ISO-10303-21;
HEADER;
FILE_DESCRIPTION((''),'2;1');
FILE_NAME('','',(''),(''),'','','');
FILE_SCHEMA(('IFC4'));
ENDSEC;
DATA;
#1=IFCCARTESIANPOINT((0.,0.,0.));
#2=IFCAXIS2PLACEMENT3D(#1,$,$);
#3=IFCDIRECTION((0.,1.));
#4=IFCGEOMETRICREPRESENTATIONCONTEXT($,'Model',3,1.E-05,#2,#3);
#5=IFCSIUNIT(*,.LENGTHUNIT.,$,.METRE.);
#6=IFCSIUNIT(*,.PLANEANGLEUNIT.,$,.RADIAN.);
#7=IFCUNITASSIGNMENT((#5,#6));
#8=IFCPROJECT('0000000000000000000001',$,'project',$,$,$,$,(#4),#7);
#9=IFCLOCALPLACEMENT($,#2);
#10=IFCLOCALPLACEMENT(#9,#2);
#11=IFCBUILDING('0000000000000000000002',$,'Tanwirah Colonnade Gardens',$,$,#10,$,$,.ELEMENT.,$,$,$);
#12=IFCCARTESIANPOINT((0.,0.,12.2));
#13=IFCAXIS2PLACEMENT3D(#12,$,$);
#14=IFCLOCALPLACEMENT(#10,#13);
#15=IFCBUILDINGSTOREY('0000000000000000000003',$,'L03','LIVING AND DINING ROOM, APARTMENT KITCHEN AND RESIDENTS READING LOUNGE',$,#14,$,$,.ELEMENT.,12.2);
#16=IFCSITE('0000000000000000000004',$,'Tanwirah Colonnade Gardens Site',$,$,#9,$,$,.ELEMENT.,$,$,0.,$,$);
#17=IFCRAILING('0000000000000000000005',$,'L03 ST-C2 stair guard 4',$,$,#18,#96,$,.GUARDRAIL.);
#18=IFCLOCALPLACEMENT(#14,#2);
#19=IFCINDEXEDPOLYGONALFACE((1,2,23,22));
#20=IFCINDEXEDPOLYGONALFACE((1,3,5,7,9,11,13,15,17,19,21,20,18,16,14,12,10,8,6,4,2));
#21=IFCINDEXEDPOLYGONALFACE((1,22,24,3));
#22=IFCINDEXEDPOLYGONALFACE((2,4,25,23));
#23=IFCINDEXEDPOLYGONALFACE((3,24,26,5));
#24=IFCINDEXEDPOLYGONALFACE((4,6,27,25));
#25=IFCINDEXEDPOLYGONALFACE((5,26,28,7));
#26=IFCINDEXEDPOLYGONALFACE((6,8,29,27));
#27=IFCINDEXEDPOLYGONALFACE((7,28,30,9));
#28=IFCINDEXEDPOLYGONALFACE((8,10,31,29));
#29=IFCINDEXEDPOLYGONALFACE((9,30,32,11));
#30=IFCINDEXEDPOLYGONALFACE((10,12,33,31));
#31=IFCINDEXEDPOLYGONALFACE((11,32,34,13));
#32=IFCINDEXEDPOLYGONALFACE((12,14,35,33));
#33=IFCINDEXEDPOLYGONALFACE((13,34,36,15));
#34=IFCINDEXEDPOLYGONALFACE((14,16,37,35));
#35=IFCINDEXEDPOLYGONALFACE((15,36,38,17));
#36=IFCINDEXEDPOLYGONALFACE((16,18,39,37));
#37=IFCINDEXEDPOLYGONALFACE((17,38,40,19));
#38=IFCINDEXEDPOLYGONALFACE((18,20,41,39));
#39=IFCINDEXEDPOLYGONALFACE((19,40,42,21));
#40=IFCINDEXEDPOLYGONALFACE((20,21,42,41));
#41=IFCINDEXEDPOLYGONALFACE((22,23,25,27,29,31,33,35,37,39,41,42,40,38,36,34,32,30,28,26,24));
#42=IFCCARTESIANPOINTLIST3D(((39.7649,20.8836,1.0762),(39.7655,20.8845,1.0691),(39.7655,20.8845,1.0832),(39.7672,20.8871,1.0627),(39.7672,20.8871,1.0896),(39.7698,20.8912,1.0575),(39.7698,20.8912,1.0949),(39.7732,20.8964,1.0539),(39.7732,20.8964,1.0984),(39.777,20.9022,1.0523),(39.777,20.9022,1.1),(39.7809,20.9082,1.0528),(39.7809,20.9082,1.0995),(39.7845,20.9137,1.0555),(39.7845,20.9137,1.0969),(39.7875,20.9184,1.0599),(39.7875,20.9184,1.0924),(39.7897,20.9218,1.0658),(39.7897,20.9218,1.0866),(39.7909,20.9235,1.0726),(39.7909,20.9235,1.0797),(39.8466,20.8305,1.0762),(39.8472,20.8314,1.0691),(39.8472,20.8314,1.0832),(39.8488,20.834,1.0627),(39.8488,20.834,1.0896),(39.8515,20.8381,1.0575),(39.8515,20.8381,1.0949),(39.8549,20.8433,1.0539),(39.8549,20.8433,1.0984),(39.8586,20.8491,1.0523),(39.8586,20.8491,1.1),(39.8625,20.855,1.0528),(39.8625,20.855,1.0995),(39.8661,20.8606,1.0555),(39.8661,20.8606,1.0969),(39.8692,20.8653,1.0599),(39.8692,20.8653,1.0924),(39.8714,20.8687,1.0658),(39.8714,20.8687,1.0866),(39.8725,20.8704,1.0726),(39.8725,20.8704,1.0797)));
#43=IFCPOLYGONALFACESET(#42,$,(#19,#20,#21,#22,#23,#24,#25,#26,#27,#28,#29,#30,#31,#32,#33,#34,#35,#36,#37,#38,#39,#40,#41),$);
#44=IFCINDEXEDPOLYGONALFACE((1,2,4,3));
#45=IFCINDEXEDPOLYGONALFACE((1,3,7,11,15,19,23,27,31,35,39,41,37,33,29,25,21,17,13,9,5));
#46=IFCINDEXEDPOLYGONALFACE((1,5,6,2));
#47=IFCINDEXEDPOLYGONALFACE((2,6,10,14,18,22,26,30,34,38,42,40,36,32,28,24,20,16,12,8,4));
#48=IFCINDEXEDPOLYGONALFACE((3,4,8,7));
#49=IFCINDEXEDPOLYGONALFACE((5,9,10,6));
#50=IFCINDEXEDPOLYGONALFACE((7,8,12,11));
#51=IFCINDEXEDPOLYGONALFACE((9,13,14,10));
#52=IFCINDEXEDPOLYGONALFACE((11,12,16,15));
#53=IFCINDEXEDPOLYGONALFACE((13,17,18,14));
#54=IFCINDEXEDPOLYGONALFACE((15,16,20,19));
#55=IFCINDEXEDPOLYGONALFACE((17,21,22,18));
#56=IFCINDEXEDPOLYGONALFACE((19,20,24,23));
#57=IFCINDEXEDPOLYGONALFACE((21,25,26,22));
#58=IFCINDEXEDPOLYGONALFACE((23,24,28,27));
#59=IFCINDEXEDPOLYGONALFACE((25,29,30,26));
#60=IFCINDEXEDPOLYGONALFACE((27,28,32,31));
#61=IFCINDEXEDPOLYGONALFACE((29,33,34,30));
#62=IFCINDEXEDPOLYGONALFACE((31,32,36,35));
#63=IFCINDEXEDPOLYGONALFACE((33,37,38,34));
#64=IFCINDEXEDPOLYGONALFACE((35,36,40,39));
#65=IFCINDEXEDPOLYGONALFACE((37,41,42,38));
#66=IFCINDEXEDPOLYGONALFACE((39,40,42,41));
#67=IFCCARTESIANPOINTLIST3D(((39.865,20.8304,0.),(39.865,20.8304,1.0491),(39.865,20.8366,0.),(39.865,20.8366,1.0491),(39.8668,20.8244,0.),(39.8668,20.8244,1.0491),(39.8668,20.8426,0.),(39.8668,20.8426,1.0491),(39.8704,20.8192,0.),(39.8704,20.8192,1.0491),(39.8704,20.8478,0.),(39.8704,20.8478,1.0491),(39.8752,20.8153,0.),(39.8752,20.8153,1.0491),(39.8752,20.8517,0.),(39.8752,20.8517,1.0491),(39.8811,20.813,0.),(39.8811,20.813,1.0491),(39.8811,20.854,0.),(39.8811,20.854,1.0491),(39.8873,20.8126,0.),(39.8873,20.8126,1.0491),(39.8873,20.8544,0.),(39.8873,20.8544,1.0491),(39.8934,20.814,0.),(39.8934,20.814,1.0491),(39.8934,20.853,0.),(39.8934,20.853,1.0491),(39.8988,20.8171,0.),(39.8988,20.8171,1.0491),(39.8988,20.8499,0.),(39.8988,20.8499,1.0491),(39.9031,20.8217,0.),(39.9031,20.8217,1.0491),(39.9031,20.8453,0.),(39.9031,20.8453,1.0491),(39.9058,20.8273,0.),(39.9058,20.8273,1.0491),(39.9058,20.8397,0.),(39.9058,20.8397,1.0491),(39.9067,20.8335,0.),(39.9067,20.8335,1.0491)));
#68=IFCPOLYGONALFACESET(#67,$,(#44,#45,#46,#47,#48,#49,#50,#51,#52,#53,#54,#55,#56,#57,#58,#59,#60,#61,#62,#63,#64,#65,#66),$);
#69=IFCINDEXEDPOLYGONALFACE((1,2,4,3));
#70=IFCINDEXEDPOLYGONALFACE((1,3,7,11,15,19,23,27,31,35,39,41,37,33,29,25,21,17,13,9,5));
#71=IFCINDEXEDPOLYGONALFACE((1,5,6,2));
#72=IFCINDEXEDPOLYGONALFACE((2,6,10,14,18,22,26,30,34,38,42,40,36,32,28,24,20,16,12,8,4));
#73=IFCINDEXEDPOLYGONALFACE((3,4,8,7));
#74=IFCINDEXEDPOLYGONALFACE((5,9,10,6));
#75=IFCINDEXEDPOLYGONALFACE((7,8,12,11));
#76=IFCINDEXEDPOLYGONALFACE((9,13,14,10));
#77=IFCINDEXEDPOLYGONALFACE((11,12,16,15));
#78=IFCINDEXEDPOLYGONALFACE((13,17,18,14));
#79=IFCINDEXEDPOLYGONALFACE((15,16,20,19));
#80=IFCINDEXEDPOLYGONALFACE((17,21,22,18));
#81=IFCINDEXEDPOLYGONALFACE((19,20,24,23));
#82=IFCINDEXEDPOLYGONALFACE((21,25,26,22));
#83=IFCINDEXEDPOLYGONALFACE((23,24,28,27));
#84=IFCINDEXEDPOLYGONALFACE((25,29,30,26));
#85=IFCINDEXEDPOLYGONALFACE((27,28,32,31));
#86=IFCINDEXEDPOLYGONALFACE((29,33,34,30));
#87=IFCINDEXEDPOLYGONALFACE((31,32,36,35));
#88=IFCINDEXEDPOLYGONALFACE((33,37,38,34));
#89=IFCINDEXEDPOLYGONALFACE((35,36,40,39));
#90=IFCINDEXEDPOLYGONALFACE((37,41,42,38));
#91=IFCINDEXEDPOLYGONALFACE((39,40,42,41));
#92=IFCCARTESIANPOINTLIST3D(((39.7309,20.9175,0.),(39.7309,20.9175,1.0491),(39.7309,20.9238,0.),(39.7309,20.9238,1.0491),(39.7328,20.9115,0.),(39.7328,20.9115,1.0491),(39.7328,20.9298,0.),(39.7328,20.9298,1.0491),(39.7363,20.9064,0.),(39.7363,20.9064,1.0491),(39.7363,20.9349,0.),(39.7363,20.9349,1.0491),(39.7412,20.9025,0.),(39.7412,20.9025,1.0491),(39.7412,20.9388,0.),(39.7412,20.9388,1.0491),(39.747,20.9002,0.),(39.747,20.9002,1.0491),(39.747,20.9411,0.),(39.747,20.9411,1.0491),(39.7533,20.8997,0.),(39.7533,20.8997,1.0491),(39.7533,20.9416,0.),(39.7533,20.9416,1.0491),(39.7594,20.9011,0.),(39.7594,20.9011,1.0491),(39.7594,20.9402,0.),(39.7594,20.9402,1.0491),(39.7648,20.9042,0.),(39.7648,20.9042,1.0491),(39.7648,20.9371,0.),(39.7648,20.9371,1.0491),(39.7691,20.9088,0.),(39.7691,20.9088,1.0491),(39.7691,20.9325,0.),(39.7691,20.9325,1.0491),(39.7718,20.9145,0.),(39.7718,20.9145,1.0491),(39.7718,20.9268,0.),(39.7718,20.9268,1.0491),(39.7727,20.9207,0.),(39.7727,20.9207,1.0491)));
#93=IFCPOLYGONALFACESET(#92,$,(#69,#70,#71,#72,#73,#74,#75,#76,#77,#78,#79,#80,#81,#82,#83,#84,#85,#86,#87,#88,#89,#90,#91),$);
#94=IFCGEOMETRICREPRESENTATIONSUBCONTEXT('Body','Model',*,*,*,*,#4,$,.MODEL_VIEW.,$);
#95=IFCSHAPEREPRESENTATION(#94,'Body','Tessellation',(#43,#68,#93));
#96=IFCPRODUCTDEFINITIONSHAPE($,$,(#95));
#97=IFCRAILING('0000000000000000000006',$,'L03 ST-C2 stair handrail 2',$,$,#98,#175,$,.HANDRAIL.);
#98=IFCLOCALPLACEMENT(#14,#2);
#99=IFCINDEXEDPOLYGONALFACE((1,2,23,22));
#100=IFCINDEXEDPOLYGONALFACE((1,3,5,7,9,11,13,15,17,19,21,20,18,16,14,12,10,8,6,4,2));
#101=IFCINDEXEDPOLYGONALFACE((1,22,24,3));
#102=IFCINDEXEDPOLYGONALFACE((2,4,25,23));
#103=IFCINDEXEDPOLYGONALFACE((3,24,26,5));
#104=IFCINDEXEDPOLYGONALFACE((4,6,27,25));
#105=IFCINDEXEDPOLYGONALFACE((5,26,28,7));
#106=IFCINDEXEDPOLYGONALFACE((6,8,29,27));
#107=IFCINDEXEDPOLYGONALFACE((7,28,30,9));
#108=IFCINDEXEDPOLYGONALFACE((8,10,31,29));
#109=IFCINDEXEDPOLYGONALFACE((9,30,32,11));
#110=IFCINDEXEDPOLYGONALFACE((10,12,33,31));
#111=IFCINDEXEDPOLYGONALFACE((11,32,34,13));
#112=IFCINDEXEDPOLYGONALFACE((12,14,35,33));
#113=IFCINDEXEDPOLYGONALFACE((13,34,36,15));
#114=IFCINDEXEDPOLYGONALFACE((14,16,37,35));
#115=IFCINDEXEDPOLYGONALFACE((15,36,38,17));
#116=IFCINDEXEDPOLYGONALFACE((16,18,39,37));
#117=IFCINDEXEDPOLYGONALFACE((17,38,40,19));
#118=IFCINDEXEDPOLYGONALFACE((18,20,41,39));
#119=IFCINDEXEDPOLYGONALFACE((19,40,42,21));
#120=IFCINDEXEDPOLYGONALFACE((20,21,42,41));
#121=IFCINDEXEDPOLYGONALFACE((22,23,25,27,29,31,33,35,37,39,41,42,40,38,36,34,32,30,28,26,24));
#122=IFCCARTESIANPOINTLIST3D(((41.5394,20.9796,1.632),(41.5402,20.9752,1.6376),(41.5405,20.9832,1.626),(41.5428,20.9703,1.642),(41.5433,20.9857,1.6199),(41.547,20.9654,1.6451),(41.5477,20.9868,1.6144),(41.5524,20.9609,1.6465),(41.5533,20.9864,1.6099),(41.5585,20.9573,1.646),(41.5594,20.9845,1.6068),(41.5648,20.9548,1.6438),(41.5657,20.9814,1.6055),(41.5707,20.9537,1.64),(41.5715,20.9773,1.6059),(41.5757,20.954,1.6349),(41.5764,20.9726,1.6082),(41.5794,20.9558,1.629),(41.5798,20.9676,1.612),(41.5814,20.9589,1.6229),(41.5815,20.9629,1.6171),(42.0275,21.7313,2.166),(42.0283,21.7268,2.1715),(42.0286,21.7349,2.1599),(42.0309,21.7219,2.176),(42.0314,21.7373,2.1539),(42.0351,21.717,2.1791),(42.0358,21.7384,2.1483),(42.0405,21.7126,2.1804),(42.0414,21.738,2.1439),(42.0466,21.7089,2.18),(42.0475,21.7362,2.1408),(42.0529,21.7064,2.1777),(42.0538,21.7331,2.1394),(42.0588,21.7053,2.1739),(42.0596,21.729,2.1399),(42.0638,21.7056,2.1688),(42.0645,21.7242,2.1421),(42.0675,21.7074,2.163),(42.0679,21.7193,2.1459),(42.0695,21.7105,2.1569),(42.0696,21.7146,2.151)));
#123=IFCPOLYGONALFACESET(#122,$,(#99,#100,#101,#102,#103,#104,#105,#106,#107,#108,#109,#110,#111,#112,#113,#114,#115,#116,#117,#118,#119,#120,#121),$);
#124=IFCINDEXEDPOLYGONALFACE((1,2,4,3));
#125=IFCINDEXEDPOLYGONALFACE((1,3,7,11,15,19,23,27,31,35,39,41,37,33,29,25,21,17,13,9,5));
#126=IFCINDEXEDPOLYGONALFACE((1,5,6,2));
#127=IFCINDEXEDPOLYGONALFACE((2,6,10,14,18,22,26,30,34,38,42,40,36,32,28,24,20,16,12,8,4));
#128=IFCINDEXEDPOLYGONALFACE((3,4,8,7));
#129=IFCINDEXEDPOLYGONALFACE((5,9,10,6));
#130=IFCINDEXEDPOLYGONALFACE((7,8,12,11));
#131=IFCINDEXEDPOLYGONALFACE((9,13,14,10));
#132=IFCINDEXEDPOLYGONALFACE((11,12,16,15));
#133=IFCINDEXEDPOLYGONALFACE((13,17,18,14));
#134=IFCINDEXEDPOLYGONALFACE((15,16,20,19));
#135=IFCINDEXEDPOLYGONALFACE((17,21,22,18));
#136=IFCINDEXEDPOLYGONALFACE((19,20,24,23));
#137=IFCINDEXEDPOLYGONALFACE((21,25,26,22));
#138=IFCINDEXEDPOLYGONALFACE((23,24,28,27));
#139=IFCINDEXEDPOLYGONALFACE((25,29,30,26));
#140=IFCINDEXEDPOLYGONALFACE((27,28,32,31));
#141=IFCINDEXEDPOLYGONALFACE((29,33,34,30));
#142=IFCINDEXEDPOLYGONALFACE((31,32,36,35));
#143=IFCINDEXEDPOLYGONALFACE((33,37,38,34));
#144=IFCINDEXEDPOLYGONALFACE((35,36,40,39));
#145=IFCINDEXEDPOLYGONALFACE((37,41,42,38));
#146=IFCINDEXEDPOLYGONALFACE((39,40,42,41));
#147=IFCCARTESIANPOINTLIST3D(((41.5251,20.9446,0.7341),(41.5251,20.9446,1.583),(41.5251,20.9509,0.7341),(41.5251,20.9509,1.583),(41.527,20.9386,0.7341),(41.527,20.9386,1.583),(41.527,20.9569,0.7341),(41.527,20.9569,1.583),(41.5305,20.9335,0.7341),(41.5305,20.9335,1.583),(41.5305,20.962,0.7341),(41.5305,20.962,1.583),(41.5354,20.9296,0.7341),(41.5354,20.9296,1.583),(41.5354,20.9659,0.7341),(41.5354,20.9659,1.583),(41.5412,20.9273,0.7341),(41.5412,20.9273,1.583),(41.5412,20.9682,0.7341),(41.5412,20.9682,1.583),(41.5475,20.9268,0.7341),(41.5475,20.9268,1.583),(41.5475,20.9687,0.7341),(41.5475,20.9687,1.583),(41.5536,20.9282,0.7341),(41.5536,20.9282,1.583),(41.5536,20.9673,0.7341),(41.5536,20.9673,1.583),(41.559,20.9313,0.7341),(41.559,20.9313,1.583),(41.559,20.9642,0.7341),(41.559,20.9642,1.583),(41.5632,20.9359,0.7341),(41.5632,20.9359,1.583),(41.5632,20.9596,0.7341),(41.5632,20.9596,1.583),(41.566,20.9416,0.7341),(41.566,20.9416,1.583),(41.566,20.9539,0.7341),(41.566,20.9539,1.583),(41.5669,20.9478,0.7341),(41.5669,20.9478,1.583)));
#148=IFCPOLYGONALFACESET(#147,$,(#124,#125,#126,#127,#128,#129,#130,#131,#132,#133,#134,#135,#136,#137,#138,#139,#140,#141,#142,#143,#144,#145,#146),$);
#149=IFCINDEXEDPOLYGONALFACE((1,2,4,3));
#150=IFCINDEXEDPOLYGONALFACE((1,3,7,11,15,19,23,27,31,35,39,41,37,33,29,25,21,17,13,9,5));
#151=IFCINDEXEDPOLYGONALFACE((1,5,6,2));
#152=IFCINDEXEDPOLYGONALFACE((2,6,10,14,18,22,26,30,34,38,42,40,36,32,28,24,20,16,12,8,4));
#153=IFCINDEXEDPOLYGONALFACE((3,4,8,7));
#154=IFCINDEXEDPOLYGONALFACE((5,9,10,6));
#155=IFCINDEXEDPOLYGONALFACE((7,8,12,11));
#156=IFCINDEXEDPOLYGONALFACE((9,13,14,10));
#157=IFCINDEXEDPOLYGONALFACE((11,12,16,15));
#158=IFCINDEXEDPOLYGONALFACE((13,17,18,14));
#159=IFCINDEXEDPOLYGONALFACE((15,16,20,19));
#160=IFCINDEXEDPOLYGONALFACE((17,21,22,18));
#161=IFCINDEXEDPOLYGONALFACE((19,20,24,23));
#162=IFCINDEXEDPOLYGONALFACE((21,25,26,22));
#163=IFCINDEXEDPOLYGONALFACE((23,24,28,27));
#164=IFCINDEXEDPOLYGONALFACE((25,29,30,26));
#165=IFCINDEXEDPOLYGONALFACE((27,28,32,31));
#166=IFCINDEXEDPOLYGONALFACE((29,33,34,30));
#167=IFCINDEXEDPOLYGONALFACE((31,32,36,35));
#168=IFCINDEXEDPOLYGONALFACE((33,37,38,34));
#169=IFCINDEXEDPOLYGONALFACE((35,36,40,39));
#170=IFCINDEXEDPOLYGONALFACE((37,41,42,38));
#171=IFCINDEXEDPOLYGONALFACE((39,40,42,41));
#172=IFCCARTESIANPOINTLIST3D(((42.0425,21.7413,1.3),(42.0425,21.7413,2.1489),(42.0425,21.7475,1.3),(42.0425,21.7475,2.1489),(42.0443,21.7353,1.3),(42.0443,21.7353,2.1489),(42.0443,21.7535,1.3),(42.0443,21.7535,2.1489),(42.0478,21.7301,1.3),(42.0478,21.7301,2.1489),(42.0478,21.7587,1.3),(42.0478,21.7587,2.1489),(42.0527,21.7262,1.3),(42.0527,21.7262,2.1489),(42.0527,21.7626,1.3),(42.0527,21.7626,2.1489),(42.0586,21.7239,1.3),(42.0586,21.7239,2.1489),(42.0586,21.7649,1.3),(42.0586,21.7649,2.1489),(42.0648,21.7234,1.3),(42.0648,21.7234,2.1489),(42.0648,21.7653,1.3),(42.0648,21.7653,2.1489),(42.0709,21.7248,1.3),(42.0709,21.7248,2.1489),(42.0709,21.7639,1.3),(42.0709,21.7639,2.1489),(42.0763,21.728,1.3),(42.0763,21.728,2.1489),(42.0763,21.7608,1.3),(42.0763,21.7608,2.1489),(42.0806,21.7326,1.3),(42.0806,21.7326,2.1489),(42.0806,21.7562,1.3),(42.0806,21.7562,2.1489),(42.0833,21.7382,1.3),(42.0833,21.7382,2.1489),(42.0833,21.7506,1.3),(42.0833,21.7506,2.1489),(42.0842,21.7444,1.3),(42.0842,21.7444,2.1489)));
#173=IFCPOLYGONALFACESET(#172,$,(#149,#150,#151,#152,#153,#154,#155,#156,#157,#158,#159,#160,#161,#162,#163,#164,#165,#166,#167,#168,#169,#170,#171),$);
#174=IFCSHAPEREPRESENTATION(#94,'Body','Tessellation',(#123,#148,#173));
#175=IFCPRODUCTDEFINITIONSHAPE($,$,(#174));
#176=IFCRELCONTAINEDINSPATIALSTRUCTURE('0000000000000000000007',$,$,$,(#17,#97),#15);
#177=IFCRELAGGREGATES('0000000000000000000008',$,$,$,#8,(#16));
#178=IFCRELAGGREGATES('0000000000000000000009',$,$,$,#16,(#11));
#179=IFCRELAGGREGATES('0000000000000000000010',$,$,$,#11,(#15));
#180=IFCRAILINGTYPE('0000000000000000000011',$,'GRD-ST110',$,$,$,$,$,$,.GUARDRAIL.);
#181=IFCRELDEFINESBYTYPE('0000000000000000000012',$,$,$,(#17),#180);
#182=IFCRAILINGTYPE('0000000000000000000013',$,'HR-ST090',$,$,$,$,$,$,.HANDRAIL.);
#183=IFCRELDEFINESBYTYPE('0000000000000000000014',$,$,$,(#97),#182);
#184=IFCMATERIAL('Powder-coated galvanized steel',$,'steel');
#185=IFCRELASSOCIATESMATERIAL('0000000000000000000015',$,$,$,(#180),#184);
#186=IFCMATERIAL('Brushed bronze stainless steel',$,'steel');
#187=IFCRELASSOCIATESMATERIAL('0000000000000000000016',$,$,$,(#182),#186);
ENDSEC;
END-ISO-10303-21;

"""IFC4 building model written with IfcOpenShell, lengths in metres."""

from ifc_helpers import new_model, si_unit, direction, frame, origin, origin_2d, place, context, subcontext, project, spatial, circle, extrude, material, type_object, element, save


model = new_model("IFC4")

# Units and contexts
model_context = context("Model", 3, precision=1e-05, world=origin(), true_north=direction((0.0, 1.0)))
body_context = subcontext(model_context, "Body", "Model", "MODEL_VIEW")
ifc_project = project(units=[si_unit("LENGTHUNIT", "METRE"), si_unit("PLANEANGLEUNIT", "RADIAN")], contexts=[model_context])

# Site, building, storey
site_placement = place(None, origin())
site = spatial("IfcSite", under=ifc_project, at=site_placement, Name="Tanwirah Colonnade Gardens Site", CompositionType="ELEMENT", RefElevation=0.0)
building_placement = place(site_placement, origin())
building = spatial("IfcBuilding", under=site, at=building_placement, Name="Tanwirah Colonnade Gardens", CompositionType="ELEMENT")
storey_placement = place(building_placement, frame((0.0, 0.0, 12.2)))
storey = spatial("IfcBuildingStorey", under=building, at=storey_placement, Name="L03", Description="LIVING AND DINING ROOM, APARTMENT KITCHEN AND RESIDENTS READING LOUNGE", CompositionType="ELEMENT", Elevation=12.2)

# Railings
ifc_material_1 = material(Name="Powder-coated galvanized steel", Category="steel")
railing_type_1 = type_object("IfcRailingType", Name="GRD-ST110", PredefinedType="GUARDRAIL", material=ifc_material_1)
railing_1_placement = place(storey_placement, frame((39.8857, 20.8335, 0.0)))
element("IfcRailing", 1, at=railing_1_placement, inside=storey, type_object=railing_type_1, Name="L03 ST-C2 stair guard 4", PredefinedType="GUARDRAIL", context=body_context, shape_type="SweptSolid", body=[
    extrude(circle(Radius=0.0239, at=origin_2d()), frame((-0.0261, 0.0171, 1.0762), z_axis=(-0.838339, 0.545149, 0.0), x_axis=(-0.545149, -0.838339, 0.0)), (0.0, 0.0, 1.0), 0.0974),
    extrude(circle(Radius=0.021, at=origin_2d()), origin(), (0.0, 0.0, 1.0), 1.0491),
    extrude(circle(Radius=0.021, at=origin_2d()), frame((-0.134, 0.0872, 0.0)), (0.0, 0.0, 1.0), 1.0491),
])
ifc_material_2 = material(Name="Brushed bronze stainless steel", Category="steel")
railing_type_2 = type_object("IfcRailingType", Name="HR-ST090", PredefinedType="HANDRAIL", material=ifc_material_2)
railing_2_placement = place(storey_placement, frame((41.5459, 20.9478, 0.7341)))
element("IfcRailing", 2, at=railing_2_placement, inside=storey, type_object=railing_type_2, Name="L03 ST-C2 stair handrail 2", PredefinedType="HANDRAIL", context=body_context, shape_type="SweptSolid", body=[
    extrude(circle(Radius=0.0239, at=origin_2d()), frame((0.0146, 0.0225, 0.8918), z_axis=(0.46789, 0.720492, 0.51183), x_axis=(-0.838673, 0.544636, 0.0)), (0.0, 0.0, 1.0), 1.0432),
    extrude(circle(Radius=0.021, at=origin_2d()), origin(), (0.0, 0.0, 1.0), 0.8489),
    extrude(circle(Radius=0.021, at=origin_2d()), frame((0.5173, 0.7966, 0.5659)), (0.0, 0.0, 1.0), 0.8489),
])

save(model, "model.ifc")
